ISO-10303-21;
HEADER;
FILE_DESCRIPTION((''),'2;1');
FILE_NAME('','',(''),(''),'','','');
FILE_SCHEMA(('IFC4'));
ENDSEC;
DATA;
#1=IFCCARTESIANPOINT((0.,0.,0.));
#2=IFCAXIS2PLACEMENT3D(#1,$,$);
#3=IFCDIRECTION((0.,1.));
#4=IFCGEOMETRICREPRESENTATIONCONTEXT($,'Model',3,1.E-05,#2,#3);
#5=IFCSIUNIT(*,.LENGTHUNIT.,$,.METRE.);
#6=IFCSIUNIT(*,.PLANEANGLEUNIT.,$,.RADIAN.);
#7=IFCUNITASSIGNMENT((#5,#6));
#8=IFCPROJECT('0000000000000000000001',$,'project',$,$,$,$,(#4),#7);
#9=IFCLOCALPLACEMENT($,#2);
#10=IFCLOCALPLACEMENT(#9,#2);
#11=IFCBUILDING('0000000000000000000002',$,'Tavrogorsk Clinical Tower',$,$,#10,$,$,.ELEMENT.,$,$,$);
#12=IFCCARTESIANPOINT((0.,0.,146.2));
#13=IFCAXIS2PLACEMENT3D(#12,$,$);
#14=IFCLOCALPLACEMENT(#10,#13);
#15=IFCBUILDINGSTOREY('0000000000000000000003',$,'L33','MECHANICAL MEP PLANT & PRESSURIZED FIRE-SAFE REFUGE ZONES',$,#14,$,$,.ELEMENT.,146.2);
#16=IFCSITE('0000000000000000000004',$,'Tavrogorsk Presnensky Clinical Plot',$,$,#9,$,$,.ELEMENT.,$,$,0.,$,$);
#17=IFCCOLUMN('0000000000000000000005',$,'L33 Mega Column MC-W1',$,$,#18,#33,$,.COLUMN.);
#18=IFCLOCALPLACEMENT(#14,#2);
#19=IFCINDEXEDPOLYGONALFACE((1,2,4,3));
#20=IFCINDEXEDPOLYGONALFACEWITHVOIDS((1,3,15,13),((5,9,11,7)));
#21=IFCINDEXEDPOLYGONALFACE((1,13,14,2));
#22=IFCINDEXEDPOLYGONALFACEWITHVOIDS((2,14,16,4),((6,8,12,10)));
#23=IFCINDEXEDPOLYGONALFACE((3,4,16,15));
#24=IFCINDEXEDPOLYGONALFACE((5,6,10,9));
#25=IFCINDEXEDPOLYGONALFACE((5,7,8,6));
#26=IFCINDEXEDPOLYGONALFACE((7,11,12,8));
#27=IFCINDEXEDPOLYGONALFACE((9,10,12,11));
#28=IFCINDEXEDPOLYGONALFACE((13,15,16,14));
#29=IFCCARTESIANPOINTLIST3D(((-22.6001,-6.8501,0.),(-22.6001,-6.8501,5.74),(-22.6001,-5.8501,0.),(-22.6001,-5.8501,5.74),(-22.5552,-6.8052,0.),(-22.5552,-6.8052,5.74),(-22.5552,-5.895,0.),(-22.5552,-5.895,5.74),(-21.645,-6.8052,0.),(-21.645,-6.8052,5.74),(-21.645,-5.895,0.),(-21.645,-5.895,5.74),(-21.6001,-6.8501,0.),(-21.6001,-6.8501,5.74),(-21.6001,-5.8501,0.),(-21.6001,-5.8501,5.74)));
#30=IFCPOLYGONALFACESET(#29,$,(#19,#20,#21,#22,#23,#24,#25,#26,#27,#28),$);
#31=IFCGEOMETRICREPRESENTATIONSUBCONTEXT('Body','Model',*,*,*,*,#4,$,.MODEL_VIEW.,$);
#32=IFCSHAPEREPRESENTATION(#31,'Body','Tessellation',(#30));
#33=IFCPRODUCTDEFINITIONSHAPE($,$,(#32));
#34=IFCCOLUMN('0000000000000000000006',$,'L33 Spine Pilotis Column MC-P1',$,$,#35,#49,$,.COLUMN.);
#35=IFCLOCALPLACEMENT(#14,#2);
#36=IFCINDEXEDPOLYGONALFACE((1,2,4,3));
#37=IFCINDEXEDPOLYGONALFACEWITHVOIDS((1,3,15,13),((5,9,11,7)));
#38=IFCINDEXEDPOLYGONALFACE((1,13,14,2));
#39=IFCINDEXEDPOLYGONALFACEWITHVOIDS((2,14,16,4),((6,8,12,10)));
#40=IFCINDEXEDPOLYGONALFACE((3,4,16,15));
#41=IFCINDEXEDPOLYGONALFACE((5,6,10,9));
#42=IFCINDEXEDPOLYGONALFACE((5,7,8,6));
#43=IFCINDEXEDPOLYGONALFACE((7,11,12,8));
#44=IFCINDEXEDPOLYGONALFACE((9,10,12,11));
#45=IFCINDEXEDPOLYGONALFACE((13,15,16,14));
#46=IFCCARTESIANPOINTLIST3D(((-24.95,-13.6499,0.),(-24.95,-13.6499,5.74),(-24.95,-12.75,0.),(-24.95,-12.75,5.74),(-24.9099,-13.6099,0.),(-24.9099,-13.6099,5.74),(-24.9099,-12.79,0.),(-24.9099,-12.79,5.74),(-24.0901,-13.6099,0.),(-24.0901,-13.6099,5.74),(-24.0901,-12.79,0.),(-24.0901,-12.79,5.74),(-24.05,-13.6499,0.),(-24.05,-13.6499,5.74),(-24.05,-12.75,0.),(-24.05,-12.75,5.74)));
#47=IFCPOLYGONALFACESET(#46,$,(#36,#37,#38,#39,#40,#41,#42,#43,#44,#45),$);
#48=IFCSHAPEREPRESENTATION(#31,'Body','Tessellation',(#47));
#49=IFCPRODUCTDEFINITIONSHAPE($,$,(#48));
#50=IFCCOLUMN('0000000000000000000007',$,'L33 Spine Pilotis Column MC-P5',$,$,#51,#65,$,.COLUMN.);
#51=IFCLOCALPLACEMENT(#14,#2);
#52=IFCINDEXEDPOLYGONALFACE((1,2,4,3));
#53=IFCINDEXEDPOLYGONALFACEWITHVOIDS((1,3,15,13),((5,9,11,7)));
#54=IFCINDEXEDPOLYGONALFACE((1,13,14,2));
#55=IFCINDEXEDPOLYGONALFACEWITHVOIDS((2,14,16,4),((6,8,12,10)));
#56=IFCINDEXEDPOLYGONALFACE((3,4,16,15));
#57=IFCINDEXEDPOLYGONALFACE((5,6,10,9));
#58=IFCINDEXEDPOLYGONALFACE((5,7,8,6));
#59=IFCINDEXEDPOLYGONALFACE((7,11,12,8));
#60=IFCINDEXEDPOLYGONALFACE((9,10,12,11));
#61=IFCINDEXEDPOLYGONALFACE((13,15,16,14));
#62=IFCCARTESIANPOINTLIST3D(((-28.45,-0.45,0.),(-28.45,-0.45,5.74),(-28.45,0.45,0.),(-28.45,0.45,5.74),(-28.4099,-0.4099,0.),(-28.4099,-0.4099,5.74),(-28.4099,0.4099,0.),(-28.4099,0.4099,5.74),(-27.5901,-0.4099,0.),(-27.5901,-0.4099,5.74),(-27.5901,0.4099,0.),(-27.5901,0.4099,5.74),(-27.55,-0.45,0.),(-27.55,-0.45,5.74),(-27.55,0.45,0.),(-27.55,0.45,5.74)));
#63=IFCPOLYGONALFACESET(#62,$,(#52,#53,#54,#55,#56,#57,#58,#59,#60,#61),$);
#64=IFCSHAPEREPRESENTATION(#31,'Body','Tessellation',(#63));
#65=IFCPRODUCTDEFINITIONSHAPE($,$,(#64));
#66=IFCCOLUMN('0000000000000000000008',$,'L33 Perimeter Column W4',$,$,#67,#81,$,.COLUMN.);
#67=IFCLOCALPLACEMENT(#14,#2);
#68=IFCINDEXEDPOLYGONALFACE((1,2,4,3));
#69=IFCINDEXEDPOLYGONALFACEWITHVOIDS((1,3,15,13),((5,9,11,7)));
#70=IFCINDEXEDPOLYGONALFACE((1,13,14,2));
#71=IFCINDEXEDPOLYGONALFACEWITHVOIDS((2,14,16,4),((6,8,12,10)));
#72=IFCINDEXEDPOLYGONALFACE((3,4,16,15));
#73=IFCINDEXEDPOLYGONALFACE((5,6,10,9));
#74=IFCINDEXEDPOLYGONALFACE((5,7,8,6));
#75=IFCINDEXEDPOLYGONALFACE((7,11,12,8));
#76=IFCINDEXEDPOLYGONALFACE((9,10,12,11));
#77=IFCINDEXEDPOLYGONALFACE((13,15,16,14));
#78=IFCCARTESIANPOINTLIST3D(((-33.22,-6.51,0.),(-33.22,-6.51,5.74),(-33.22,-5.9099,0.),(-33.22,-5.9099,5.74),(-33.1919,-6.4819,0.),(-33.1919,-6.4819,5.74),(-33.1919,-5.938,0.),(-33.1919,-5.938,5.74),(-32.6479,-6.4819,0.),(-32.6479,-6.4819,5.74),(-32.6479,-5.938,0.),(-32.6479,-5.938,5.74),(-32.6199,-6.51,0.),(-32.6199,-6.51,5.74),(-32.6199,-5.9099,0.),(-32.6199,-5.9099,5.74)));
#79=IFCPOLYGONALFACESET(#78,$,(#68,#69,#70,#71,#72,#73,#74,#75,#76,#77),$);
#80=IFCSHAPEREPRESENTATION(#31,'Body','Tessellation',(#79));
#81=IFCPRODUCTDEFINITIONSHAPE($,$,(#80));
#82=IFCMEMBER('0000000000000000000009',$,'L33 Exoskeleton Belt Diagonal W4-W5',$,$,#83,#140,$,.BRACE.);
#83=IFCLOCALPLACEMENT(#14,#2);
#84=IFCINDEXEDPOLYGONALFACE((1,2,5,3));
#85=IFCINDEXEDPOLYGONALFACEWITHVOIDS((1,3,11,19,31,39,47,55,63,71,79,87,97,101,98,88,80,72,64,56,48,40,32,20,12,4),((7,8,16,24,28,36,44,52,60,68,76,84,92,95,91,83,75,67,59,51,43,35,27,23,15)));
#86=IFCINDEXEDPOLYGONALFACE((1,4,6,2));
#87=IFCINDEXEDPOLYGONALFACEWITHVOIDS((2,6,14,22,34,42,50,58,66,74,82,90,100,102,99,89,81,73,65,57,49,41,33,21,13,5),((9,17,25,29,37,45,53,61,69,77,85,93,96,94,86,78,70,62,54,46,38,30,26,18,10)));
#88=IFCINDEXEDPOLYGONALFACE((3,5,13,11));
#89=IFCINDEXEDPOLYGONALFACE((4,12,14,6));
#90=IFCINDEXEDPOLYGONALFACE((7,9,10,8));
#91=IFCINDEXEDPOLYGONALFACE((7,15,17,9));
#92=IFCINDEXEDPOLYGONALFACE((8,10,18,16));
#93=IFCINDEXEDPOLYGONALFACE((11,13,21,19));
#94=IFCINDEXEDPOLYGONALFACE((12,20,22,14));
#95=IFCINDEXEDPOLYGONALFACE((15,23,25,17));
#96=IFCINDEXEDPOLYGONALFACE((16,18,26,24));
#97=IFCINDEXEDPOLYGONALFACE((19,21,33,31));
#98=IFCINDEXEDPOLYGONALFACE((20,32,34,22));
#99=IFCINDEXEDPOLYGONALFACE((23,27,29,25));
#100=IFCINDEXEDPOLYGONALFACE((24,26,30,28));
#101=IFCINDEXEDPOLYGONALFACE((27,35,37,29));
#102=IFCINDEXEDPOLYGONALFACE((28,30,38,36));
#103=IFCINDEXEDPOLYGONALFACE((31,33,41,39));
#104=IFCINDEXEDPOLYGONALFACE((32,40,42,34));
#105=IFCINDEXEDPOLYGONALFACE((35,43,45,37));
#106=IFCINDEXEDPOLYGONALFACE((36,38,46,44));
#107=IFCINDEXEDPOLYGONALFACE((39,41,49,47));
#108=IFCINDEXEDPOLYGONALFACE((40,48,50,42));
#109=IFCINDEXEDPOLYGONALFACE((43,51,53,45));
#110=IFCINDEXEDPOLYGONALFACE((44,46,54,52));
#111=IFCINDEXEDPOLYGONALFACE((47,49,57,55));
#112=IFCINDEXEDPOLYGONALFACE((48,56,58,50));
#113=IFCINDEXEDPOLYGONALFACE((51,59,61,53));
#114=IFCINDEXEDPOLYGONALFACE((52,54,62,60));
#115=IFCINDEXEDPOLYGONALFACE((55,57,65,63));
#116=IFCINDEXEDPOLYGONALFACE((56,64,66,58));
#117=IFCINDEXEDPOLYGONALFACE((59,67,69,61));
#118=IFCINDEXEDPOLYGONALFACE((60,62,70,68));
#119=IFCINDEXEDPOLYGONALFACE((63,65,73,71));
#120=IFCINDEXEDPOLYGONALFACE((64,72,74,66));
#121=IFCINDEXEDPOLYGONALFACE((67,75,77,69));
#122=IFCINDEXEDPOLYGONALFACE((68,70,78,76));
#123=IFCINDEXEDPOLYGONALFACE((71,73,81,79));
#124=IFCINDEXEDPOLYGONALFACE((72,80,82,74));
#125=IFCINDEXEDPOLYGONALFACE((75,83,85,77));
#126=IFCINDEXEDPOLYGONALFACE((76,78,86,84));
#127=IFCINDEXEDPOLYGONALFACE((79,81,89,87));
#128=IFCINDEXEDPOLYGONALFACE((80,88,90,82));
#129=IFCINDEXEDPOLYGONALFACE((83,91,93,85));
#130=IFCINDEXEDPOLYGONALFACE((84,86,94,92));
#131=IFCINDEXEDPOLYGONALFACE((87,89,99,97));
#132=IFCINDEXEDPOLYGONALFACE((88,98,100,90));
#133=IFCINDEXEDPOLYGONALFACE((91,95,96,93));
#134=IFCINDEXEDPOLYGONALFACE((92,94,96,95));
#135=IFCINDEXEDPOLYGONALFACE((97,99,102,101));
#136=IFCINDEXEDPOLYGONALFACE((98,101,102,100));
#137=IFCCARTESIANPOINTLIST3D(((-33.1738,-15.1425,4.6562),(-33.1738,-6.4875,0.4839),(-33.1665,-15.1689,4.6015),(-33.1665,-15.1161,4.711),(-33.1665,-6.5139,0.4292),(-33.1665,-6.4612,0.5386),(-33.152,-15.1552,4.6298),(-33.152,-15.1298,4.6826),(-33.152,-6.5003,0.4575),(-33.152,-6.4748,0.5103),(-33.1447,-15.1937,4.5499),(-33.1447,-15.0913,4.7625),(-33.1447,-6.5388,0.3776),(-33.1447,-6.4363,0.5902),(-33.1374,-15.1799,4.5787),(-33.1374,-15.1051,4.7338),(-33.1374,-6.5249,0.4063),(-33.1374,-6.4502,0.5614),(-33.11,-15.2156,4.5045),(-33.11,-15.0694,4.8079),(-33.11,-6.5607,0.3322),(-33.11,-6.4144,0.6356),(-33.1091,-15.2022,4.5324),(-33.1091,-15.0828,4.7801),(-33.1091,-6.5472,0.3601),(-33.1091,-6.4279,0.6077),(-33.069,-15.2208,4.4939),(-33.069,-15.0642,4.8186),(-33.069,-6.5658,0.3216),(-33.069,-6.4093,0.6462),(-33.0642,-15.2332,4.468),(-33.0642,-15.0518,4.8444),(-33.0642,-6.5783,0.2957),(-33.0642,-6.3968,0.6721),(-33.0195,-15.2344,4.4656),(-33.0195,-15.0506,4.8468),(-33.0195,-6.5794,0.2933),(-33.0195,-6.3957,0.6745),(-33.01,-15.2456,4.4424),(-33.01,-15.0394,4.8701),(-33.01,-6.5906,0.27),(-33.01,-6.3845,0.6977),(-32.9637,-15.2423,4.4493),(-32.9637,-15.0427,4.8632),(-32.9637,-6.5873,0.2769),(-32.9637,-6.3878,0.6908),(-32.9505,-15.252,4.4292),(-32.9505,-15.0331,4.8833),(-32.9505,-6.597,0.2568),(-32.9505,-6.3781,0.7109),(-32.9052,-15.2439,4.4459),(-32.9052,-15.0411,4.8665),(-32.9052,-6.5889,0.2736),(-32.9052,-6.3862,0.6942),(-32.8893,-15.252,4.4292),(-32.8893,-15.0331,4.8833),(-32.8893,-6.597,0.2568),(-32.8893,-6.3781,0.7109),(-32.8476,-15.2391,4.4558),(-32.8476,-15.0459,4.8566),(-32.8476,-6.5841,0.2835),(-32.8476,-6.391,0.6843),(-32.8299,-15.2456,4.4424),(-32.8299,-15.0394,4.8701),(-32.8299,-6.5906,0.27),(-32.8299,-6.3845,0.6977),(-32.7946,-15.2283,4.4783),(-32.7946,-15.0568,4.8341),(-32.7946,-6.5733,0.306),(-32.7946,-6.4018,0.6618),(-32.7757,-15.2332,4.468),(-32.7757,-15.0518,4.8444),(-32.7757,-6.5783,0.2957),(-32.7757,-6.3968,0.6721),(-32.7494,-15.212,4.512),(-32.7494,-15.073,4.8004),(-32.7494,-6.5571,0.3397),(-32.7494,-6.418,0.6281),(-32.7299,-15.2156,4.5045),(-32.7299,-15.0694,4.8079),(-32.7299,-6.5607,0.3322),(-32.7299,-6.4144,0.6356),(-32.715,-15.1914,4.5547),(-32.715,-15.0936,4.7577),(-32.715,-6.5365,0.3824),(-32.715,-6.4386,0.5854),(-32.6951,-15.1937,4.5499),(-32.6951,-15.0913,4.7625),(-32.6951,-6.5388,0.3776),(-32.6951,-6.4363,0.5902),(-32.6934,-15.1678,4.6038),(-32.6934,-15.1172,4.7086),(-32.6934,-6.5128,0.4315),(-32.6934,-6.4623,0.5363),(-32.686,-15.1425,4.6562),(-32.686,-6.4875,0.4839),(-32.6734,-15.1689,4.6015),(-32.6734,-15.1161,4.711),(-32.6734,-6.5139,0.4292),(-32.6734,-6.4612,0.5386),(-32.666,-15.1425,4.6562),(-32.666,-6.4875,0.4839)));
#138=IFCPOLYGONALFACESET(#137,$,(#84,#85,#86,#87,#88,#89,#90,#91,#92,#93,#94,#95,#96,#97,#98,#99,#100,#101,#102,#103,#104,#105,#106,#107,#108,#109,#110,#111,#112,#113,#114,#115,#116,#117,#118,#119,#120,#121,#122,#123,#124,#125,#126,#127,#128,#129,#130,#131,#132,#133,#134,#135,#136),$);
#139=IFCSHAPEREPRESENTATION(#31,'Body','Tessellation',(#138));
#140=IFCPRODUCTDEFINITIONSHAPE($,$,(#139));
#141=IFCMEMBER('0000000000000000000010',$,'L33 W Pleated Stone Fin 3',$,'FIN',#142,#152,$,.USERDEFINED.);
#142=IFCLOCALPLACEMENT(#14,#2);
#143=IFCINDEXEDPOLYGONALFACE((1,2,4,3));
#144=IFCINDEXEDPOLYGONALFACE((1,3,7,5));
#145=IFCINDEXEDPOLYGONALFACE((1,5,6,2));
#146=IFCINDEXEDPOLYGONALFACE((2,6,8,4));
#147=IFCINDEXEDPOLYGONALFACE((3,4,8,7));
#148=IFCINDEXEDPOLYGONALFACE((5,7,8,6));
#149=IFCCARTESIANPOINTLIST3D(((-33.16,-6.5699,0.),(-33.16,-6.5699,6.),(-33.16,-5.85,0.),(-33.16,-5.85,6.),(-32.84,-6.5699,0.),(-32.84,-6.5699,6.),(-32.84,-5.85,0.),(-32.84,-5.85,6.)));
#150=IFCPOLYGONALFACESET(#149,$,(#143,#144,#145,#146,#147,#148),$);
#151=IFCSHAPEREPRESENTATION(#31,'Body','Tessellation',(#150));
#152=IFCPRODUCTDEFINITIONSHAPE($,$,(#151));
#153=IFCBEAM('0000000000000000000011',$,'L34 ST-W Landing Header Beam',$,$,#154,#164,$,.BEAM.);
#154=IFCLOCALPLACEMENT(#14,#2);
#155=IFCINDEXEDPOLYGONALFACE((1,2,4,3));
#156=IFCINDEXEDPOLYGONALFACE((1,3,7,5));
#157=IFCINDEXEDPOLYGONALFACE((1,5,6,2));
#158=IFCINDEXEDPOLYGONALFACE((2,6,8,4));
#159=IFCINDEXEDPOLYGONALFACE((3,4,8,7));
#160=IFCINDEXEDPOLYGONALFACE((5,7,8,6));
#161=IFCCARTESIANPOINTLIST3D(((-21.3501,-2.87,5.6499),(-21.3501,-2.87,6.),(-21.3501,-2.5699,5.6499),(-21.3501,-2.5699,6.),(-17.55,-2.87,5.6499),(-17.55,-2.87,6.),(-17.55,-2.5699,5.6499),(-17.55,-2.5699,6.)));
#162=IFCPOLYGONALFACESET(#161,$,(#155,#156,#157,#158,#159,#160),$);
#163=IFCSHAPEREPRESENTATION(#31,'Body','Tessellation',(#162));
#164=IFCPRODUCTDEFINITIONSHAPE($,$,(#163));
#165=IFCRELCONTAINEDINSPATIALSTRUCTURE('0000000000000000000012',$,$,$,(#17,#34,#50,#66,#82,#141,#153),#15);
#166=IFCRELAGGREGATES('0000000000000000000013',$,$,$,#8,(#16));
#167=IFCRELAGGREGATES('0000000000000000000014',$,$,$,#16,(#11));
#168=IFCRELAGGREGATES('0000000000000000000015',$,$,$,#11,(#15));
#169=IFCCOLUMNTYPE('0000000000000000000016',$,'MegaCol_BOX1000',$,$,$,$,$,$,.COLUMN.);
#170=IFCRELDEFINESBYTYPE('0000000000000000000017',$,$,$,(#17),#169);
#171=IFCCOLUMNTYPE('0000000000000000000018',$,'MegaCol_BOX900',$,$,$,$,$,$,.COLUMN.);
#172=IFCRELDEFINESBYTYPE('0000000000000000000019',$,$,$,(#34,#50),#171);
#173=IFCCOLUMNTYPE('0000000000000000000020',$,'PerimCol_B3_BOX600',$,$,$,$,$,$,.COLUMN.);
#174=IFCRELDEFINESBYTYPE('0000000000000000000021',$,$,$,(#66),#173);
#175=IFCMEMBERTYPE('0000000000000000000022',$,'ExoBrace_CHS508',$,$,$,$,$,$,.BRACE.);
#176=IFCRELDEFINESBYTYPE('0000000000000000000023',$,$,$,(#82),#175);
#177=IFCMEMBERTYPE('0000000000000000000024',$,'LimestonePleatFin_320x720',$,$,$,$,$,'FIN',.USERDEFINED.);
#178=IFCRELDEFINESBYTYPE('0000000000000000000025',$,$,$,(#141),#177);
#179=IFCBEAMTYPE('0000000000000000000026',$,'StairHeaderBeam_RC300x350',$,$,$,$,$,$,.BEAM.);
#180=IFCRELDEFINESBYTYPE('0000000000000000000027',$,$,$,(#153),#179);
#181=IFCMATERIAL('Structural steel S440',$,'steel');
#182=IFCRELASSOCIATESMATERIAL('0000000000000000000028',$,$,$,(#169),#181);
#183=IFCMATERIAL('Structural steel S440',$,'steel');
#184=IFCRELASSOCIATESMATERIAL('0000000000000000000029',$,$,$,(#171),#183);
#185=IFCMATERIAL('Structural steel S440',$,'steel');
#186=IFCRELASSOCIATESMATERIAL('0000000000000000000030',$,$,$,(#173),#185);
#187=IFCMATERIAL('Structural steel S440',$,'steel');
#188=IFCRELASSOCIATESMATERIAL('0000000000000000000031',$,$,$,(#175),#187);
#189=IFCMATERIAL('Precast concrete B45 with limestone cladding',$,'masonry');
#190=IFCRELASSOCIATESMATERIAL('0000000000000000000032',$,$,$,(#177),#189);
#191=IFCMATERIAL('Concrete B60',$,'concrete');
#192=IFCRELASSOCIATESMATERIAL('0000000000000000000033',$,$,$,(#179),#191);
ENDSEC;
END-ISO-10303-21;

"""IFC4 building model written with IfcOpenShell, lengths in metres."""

from ifc_helpers import new_model, si_unit, direction, frame, origin, origin_2d, place, context, subcontext, project, spatial, rectangle, hollow_rectangle, hollow_circle, extrude, material, material_profile, profile_set, type_object, element, save


model = new_model("IFC4")

# Units and contexts
model_context = context("Model", 3, precision=1e-05, world=origin(), true_north=direction((0.0, 1.0)))
body_context = subcontext(model_context, "Body", "Model", "MODEL_VIEW")
ifc_project = project(units=[si_unit("LENGTHUNIT", "METRE"), si_unit("PLANEANGLEUNIT", "RADIAN")], contexts=[model_context])

# Site, building, storey
site_placement = place(None, origin())
site = spatial("IfcSite", under=ifc_project, at=site_placement, Name="Tavrogorsk Presnensky Clinical Plot", CompositionType="ELEMENT", RefElevation=0.0)
building_placement = place(site_placement, origin())
building = spatial("IfcBuilding", under=site, at=building_placement, Name="Tavrogorsk Clinical Tower", CompositionType="ELEMENT")
storey_placement = place(building_placement, frame((0.0, 0.0, 146.2)))
storey = spatial("IfcBuildingStorey", under=building, at=storey_placement, Name="L33", Description="MECHANICAL MEP PLANT & PRESSURIZED FIRE-SAFE REFUGE ZONES", CompositionType="ELEMENT", Elevation=146.2)

# Columns
ifc_material_1 = material(Name="Structural steel S440", Category="steel")
ifc_material_profile_1 = material_profile(ifc_material_1, hollow_rectangle(XDim=1.0, YDim=1.0, WallThickness=0.0449, at=origin_2d()), Name="BOX-1000x1000x45")
ifc_profile_set_1 = profile_set([ifc_material_profile_1], Name="Structural steel S440")
column_type_1 = type_object("IfcColumnType", Name="MegaCol_BOX1000", PredefinedType="COLUMN", material=ifc_profile_set_1)
column_1_placement = place(storey_placement, frame((-22.1001, -6.3501, 0.0), z_axis=(0.0, 0.0, 1.0), x_axis=(1.0, 0.0, 0.0)))
element("IfcColumn", 1, at=column_1_placement, inside=storey, type_object=column_type_1, Name="L33 Mega Column MC-W1", PredefinedType="COLUMN", context=body_context, shape_type="SweptSolid", body=[
    extrude(hollow_rectangle(XDim=1.0, YDim=1.0, WallThickness=0.0449, at=origin_2d()), origin(), (0.0, 0.0, 1.0), 5.74),
])
ifc_material_2 = material(Name="Structural steel S440", Category="steel")
ifc_material_profile_2 = material_profile(ifc_material_2, hollow_rectangle(XDim=0.8999, YDim=0.8999, WallThickness=0.04, at=origin_2d()), Name="BOX-900x900x40")
ifc_profile_set_2 = profile_set([ifc_material_profile_2], Name="Structural steel S440")
column_type_2 = type_object("IfcColumnType", Name="MegaCol_BOX900", PredefinedType="COLUMN", material=ifc_profile_set_2)
for number, where, z_axis, x_axis, name in (
    (2, (-24.5, -13.2, 0.0), (0.0, 0.0, 1.0), (1.0, 0.0, 0.0), "L33 Spine Pilotis Column MC-P1"),
    (3, (-28.0, 0.0, 0.0), (0.0, 0.0, 1.0), (1.0, 0.0, 0.0), "L33 Spine Pilotis Column MC-P5"),
):
    element("IfcColumn", number, at=place(storey_placement, frame(where, z_axis=z_axis, x_axis=x_axis)), inside=storey, type_object=column_type_2, Name=name, PredefinedType="COLUMN", context=body_context, shape_type="SweptSolid", body=[
        extrude(hollow_rectangle(XDim=0.8999, YDim=0.8999, WallThickness=0.04, at=origin_2d()), origin(), (0.0, 0.0, 1.0), 5.74),
    ])
ifc_material_3 = material(Name="Structural steel S440", Category="steel")
ifc_material_profile_3 = material_profile(ifc_material_3, hollow_rectangle(XDim=0.6001, YDim=0.6001, WallThickness=0.0281, at=origin_2d()), Name="BOX-600x600x28")
ifc_profile_set_3 = profile_set([ifc_material_profile_3], Name="Structural steel S440")
column_type_3 = type_object("IfcColumnType", Name="PerimCol_B3_BOX600", PredefinedType="COLUMN", material=ifc_profile_set_3)
column_2_placement = place(storey_placement, frame((-32.9199, -6.21, 0.0), z_axis=(0.0, 0.0, 1.0), x_axis=(1.0, 0.0, 0.0)))
element("IfcColumn", 4, at=column_2_placement, inside=storey, type_object=column_type_3, Name="L33 Perimeter Column W4", PredefinedType="COLUMN", context=body_context, shape_type="SweptSolid", body=[
    extrude(hollow_rectangle(XDim=0.6001, YDim=0.6001, WallThickness=0.0281, at=origin_2d()), origin(), (0.0, 0.0, 1.0), 5.74),
])

# Members
ifc_material_4 = material(Name="Structural steel S440", Category="steel")
ifc_material_profile_4 = material_profile(ifc_material_4, hollow_circle(Radius=0.2539, WallThickness=0.02, at=origin_2d()), Name="CHS-508x20")
ifc_profile_set_4 = profile_set([ifc_material_profile_4], Name="Structural steel S440")
member_type_1 = type_object("IfcMemberType", Name="ExoBrace_CHS508", PredefinedType="BRACE", material=ifc_profile_set_4)
member_1_placement = place(storey_placement, frame((-32.9199, -6.4875, 0.4839), z_axis=(0.0, -0.900793, 0.434249), x_axis=(1.0, 0.0, 0.0)))
element("IfcMember", 5, at=member_1_placement, inside=storey, type_object=member_type_1, Name="L33 Exoskeleton Belt Diagonal W4-W5", PredefinedType="BRACE", context=body_context, shape_type="SweptSolid", body=[
    extrude(hollow_circle(Radius=0.2539, WallThickness=0.02, at=origin_2d()), origin(), (0.0, 0.0, 1.0), 9.6082),
])
ifc_material_5 = material(Name="Precast concrete B45 with limestone cladding", Category="masonry")
ifc_material_profile_5 = material_profile(ifc_material_5, rectangle(XDim=0.3201, YDim=0.72, at=origin_2d()), Name="LIMESTONE-FIN-320x720")
ifc_profile_set_5 = profile_set([ifc_material_profile_5], Name="Precast concrete B45 with limestone cladding")
member_type_2 = type_object("IfcMemberType", Name="LimestonePleatFin_320x720", ElementType="FIN", PredefinedType="USERDEFINED", material=ifc_profile_set_5)
member_2_placement = place(storey_placement, frame((-33.0, -6.21, 0.0), z_axis=(0.0, 0.0, 1.0), x_axis=(1.0, 0.0, 0.0)))
element("IfcMember", 6, at=member_2_placement, inside=storey, type_object=member_type_2, Name="L33 W Pleated Stone Fin 3", ObjectType="FIN", PredefinedType="USERDEFINED", context=body_context, shape_type="SweptSolid", body=[
    extrude(rectangle(XDim=0.3201, YDim=0.72, at=origin_2d()), origin(), (0.0, 0.0, 1.0), 6.0),
])

# Beam
ifc_material_6 = material(Name="Concrete B60", Category="concrete")
ifc_material_profile_6 = material_profile(ifc_material_6, rectangle(XDim=0.3, YDim=0.3501, at=origin_2d()), Name="RC-SHB-300x350")
ifc_profile_set_6 = profile_set([ifc_material_profile_6], Name="Concrete B60")
beam_type_1 = type_object("IfcBeamType", Name="StairHeaderBeam_RC300x350", PredefinedType="BEAM", material=ifc_profile_set_6)
beam_1_placement = place(storey_placement, frame((-21.3501, -2.72, 5.825), z_axis=(1.0, 0.0, 0.0), x_axis=(0.0, 1.0, 0.0)))
element("IfcBeam", 7, at=beam_1_placement, inside=storey, type_object=beam_type_1, Name="L34 ST-W Landing Header Beam", PredefinedType="BEAM", context=body_context, shape_type="SweptSolid", body=[
    extrude(rectangle(XDim=0.3, YDim=0.3501, at=origin_2d()), origin(), (0.0, 0.0, 1.0), 3.8),
])

save(model, "model.ifc")
